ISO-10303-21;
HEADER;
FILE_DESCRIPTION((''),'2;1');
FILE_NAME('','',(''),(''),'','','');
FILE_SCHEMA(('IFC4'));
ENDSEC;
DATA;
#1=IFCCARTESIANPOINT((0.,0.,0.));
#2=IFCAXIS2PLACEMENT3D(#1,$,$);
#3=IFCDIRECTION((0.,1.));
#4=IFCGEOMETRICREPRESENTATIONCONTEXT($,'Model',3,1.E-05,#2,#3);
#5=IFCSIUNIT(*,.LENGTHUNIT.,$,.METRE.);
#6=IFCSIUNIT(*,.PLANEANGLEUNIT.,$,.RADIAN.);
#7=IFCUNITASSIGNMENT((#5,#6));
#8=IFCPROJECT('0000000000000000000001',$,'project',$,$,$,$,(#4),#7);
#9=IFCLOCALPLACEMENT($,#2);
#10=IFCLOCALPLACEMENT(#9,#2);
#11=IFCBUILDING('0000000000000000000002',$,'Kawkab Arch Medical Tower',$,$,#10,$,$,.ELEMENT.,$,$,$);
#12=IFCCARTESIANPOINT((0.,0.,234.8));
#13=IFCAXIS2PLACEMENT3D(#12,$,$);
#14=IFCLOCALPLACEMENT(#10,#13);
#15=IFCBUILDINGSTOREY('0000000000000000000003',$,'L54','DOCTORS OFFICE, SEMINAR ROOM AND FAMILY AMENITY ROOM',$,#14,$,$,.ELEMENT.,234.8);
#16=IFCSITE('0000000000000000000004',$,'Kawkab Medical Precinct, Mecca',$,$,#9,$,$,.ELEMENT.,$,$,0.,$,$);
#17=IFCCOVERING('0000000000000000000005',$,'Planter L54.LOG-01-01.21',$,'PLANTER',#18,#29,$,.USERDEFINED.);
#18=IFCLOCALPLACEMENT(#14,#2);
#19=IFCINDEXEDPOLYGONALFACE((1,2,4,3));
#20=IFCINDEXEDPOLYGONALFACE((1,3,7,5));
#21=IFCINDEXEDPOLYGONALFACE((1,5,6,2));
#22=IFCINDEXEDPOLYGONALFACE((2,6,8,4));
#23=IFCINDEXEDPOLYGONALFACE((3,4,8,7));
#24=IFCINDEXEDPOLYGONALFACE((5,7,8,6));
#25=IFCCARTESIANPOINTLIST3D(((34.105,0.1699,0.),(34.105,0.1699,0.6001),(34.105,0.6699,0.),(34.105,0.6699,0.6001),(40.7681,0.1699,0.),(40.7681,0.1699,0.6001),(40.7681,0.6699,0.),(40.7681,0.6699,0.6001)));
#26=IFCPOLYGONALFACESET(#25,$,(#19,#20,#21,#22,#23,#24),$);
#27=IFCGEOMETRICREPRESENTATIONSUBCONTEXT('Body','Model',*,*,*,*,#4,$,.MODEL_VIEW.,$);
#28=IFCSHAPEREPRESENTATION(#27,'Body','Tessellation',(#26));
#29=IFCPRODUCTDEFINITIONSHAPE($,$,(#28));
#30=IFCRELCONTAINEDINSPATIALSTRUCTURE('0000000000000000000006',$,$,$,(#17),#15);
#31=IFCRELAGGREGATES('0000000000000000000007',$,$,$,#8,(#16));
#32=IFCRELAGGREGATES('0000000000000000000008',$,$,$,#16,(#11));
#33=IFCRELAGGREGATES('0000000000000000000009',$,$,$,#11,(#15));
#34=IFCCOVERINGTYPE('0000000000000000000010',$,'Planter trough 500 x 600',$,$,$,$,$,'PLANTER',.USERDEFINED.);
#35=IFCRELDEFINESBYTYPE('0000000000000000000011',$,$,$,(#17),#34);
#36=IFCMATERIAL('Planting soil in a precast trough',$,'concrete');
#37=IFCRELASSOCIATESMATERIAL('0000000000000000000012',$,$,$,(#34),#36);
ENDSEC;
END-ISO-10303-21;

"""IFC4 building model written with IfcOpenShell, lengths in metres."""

from ifc_helpers import new_model, si_unit, direction, frame, origin, origin_2d, place, context, subcontext, project, spatial, rectangle, extrude, material, material_profile, profile_set, type_object, element, save


model = new_model("IFC4")

# Units and contexts
model_context = context("Model", 3, precision=1e-05, world=origin(), true_north=direction((0.0, 1.0)))
body_context = subcontext(model_context, "Body", "Model", "MODEL_VIEW")
ifc_project = project(units=[si_unit("LENGTHUNIT", "METRE"), si_unit("PLANEANGLEUNIT", "RADIAN")], contexts=[model_context])

# Site, building, storey
site_placement = place(None, origin())
site = spatial("IfcSite", under=ifc_project, at=site_placement, Name="Kawkab Medical Precinct, Mecca", CompositionType="ELEMENT", RefElevation=0.0)
building_placement = place(site_placement, origin())
building = spatial("IfcBuilding", under=site, at=building_placement, Name="Kawkab Arch Medical Tower", CompositionType="ELEMENT")
storey_placement = place(building_placement, frame((0.0, 0.0, 234.8)))
storey = spatial("IfcBuildingStorey", under=building, at=storey_placement, Name="L54", Description="DOCTORS OFFICE, SEMINAR ROOM AND FAMILY AMENITY ROOM", CompositionType="ELEMENT", Elevation=234.8)

# Covering
ifc_material_1 = material(Name="Planting soil in a precast trough", Category="concrete")
ifc_material_profile_1 = material_profile(ifc_material_1, rectangle(XDim=0.5, YDim=0.6001, at=origin_2d()), Name="Trough 500x600")
ifc_profile_set_1 = profile_set([ifc_material_profile_1], Name="Planting soil in a precast trough")
covering_type = type_object("IfcCoveringType", Name="Planter trough 500 x 600", ElementType="PLANTER", PredefinedType="USERDEFINED", material=ifc_profile_set_1)
covering_1_placement = place(storey_placement, frame((34.105, 0.4199, 0.3), z_axis=(1.0, 0.0, 0.0), x_axis=(0.0, 1.0, 0.0)))
element("IfcCovering", 1, at=covering_1_placement, inside=storey, type_object=covering_type, Name="Planter L54.LOG-01-01.21", ObjectType="PLANTER", PredefinedType="USERDEFINED", context=body_context, shape_type="SweptSolid", body=[
    extrude(rectangle(XDim=0.5, YDim=0.6001, at=origin_2d()), origin(), (0.0, 0.0, 1.0), 6.6631),
])

save(model, "model.ifc")
